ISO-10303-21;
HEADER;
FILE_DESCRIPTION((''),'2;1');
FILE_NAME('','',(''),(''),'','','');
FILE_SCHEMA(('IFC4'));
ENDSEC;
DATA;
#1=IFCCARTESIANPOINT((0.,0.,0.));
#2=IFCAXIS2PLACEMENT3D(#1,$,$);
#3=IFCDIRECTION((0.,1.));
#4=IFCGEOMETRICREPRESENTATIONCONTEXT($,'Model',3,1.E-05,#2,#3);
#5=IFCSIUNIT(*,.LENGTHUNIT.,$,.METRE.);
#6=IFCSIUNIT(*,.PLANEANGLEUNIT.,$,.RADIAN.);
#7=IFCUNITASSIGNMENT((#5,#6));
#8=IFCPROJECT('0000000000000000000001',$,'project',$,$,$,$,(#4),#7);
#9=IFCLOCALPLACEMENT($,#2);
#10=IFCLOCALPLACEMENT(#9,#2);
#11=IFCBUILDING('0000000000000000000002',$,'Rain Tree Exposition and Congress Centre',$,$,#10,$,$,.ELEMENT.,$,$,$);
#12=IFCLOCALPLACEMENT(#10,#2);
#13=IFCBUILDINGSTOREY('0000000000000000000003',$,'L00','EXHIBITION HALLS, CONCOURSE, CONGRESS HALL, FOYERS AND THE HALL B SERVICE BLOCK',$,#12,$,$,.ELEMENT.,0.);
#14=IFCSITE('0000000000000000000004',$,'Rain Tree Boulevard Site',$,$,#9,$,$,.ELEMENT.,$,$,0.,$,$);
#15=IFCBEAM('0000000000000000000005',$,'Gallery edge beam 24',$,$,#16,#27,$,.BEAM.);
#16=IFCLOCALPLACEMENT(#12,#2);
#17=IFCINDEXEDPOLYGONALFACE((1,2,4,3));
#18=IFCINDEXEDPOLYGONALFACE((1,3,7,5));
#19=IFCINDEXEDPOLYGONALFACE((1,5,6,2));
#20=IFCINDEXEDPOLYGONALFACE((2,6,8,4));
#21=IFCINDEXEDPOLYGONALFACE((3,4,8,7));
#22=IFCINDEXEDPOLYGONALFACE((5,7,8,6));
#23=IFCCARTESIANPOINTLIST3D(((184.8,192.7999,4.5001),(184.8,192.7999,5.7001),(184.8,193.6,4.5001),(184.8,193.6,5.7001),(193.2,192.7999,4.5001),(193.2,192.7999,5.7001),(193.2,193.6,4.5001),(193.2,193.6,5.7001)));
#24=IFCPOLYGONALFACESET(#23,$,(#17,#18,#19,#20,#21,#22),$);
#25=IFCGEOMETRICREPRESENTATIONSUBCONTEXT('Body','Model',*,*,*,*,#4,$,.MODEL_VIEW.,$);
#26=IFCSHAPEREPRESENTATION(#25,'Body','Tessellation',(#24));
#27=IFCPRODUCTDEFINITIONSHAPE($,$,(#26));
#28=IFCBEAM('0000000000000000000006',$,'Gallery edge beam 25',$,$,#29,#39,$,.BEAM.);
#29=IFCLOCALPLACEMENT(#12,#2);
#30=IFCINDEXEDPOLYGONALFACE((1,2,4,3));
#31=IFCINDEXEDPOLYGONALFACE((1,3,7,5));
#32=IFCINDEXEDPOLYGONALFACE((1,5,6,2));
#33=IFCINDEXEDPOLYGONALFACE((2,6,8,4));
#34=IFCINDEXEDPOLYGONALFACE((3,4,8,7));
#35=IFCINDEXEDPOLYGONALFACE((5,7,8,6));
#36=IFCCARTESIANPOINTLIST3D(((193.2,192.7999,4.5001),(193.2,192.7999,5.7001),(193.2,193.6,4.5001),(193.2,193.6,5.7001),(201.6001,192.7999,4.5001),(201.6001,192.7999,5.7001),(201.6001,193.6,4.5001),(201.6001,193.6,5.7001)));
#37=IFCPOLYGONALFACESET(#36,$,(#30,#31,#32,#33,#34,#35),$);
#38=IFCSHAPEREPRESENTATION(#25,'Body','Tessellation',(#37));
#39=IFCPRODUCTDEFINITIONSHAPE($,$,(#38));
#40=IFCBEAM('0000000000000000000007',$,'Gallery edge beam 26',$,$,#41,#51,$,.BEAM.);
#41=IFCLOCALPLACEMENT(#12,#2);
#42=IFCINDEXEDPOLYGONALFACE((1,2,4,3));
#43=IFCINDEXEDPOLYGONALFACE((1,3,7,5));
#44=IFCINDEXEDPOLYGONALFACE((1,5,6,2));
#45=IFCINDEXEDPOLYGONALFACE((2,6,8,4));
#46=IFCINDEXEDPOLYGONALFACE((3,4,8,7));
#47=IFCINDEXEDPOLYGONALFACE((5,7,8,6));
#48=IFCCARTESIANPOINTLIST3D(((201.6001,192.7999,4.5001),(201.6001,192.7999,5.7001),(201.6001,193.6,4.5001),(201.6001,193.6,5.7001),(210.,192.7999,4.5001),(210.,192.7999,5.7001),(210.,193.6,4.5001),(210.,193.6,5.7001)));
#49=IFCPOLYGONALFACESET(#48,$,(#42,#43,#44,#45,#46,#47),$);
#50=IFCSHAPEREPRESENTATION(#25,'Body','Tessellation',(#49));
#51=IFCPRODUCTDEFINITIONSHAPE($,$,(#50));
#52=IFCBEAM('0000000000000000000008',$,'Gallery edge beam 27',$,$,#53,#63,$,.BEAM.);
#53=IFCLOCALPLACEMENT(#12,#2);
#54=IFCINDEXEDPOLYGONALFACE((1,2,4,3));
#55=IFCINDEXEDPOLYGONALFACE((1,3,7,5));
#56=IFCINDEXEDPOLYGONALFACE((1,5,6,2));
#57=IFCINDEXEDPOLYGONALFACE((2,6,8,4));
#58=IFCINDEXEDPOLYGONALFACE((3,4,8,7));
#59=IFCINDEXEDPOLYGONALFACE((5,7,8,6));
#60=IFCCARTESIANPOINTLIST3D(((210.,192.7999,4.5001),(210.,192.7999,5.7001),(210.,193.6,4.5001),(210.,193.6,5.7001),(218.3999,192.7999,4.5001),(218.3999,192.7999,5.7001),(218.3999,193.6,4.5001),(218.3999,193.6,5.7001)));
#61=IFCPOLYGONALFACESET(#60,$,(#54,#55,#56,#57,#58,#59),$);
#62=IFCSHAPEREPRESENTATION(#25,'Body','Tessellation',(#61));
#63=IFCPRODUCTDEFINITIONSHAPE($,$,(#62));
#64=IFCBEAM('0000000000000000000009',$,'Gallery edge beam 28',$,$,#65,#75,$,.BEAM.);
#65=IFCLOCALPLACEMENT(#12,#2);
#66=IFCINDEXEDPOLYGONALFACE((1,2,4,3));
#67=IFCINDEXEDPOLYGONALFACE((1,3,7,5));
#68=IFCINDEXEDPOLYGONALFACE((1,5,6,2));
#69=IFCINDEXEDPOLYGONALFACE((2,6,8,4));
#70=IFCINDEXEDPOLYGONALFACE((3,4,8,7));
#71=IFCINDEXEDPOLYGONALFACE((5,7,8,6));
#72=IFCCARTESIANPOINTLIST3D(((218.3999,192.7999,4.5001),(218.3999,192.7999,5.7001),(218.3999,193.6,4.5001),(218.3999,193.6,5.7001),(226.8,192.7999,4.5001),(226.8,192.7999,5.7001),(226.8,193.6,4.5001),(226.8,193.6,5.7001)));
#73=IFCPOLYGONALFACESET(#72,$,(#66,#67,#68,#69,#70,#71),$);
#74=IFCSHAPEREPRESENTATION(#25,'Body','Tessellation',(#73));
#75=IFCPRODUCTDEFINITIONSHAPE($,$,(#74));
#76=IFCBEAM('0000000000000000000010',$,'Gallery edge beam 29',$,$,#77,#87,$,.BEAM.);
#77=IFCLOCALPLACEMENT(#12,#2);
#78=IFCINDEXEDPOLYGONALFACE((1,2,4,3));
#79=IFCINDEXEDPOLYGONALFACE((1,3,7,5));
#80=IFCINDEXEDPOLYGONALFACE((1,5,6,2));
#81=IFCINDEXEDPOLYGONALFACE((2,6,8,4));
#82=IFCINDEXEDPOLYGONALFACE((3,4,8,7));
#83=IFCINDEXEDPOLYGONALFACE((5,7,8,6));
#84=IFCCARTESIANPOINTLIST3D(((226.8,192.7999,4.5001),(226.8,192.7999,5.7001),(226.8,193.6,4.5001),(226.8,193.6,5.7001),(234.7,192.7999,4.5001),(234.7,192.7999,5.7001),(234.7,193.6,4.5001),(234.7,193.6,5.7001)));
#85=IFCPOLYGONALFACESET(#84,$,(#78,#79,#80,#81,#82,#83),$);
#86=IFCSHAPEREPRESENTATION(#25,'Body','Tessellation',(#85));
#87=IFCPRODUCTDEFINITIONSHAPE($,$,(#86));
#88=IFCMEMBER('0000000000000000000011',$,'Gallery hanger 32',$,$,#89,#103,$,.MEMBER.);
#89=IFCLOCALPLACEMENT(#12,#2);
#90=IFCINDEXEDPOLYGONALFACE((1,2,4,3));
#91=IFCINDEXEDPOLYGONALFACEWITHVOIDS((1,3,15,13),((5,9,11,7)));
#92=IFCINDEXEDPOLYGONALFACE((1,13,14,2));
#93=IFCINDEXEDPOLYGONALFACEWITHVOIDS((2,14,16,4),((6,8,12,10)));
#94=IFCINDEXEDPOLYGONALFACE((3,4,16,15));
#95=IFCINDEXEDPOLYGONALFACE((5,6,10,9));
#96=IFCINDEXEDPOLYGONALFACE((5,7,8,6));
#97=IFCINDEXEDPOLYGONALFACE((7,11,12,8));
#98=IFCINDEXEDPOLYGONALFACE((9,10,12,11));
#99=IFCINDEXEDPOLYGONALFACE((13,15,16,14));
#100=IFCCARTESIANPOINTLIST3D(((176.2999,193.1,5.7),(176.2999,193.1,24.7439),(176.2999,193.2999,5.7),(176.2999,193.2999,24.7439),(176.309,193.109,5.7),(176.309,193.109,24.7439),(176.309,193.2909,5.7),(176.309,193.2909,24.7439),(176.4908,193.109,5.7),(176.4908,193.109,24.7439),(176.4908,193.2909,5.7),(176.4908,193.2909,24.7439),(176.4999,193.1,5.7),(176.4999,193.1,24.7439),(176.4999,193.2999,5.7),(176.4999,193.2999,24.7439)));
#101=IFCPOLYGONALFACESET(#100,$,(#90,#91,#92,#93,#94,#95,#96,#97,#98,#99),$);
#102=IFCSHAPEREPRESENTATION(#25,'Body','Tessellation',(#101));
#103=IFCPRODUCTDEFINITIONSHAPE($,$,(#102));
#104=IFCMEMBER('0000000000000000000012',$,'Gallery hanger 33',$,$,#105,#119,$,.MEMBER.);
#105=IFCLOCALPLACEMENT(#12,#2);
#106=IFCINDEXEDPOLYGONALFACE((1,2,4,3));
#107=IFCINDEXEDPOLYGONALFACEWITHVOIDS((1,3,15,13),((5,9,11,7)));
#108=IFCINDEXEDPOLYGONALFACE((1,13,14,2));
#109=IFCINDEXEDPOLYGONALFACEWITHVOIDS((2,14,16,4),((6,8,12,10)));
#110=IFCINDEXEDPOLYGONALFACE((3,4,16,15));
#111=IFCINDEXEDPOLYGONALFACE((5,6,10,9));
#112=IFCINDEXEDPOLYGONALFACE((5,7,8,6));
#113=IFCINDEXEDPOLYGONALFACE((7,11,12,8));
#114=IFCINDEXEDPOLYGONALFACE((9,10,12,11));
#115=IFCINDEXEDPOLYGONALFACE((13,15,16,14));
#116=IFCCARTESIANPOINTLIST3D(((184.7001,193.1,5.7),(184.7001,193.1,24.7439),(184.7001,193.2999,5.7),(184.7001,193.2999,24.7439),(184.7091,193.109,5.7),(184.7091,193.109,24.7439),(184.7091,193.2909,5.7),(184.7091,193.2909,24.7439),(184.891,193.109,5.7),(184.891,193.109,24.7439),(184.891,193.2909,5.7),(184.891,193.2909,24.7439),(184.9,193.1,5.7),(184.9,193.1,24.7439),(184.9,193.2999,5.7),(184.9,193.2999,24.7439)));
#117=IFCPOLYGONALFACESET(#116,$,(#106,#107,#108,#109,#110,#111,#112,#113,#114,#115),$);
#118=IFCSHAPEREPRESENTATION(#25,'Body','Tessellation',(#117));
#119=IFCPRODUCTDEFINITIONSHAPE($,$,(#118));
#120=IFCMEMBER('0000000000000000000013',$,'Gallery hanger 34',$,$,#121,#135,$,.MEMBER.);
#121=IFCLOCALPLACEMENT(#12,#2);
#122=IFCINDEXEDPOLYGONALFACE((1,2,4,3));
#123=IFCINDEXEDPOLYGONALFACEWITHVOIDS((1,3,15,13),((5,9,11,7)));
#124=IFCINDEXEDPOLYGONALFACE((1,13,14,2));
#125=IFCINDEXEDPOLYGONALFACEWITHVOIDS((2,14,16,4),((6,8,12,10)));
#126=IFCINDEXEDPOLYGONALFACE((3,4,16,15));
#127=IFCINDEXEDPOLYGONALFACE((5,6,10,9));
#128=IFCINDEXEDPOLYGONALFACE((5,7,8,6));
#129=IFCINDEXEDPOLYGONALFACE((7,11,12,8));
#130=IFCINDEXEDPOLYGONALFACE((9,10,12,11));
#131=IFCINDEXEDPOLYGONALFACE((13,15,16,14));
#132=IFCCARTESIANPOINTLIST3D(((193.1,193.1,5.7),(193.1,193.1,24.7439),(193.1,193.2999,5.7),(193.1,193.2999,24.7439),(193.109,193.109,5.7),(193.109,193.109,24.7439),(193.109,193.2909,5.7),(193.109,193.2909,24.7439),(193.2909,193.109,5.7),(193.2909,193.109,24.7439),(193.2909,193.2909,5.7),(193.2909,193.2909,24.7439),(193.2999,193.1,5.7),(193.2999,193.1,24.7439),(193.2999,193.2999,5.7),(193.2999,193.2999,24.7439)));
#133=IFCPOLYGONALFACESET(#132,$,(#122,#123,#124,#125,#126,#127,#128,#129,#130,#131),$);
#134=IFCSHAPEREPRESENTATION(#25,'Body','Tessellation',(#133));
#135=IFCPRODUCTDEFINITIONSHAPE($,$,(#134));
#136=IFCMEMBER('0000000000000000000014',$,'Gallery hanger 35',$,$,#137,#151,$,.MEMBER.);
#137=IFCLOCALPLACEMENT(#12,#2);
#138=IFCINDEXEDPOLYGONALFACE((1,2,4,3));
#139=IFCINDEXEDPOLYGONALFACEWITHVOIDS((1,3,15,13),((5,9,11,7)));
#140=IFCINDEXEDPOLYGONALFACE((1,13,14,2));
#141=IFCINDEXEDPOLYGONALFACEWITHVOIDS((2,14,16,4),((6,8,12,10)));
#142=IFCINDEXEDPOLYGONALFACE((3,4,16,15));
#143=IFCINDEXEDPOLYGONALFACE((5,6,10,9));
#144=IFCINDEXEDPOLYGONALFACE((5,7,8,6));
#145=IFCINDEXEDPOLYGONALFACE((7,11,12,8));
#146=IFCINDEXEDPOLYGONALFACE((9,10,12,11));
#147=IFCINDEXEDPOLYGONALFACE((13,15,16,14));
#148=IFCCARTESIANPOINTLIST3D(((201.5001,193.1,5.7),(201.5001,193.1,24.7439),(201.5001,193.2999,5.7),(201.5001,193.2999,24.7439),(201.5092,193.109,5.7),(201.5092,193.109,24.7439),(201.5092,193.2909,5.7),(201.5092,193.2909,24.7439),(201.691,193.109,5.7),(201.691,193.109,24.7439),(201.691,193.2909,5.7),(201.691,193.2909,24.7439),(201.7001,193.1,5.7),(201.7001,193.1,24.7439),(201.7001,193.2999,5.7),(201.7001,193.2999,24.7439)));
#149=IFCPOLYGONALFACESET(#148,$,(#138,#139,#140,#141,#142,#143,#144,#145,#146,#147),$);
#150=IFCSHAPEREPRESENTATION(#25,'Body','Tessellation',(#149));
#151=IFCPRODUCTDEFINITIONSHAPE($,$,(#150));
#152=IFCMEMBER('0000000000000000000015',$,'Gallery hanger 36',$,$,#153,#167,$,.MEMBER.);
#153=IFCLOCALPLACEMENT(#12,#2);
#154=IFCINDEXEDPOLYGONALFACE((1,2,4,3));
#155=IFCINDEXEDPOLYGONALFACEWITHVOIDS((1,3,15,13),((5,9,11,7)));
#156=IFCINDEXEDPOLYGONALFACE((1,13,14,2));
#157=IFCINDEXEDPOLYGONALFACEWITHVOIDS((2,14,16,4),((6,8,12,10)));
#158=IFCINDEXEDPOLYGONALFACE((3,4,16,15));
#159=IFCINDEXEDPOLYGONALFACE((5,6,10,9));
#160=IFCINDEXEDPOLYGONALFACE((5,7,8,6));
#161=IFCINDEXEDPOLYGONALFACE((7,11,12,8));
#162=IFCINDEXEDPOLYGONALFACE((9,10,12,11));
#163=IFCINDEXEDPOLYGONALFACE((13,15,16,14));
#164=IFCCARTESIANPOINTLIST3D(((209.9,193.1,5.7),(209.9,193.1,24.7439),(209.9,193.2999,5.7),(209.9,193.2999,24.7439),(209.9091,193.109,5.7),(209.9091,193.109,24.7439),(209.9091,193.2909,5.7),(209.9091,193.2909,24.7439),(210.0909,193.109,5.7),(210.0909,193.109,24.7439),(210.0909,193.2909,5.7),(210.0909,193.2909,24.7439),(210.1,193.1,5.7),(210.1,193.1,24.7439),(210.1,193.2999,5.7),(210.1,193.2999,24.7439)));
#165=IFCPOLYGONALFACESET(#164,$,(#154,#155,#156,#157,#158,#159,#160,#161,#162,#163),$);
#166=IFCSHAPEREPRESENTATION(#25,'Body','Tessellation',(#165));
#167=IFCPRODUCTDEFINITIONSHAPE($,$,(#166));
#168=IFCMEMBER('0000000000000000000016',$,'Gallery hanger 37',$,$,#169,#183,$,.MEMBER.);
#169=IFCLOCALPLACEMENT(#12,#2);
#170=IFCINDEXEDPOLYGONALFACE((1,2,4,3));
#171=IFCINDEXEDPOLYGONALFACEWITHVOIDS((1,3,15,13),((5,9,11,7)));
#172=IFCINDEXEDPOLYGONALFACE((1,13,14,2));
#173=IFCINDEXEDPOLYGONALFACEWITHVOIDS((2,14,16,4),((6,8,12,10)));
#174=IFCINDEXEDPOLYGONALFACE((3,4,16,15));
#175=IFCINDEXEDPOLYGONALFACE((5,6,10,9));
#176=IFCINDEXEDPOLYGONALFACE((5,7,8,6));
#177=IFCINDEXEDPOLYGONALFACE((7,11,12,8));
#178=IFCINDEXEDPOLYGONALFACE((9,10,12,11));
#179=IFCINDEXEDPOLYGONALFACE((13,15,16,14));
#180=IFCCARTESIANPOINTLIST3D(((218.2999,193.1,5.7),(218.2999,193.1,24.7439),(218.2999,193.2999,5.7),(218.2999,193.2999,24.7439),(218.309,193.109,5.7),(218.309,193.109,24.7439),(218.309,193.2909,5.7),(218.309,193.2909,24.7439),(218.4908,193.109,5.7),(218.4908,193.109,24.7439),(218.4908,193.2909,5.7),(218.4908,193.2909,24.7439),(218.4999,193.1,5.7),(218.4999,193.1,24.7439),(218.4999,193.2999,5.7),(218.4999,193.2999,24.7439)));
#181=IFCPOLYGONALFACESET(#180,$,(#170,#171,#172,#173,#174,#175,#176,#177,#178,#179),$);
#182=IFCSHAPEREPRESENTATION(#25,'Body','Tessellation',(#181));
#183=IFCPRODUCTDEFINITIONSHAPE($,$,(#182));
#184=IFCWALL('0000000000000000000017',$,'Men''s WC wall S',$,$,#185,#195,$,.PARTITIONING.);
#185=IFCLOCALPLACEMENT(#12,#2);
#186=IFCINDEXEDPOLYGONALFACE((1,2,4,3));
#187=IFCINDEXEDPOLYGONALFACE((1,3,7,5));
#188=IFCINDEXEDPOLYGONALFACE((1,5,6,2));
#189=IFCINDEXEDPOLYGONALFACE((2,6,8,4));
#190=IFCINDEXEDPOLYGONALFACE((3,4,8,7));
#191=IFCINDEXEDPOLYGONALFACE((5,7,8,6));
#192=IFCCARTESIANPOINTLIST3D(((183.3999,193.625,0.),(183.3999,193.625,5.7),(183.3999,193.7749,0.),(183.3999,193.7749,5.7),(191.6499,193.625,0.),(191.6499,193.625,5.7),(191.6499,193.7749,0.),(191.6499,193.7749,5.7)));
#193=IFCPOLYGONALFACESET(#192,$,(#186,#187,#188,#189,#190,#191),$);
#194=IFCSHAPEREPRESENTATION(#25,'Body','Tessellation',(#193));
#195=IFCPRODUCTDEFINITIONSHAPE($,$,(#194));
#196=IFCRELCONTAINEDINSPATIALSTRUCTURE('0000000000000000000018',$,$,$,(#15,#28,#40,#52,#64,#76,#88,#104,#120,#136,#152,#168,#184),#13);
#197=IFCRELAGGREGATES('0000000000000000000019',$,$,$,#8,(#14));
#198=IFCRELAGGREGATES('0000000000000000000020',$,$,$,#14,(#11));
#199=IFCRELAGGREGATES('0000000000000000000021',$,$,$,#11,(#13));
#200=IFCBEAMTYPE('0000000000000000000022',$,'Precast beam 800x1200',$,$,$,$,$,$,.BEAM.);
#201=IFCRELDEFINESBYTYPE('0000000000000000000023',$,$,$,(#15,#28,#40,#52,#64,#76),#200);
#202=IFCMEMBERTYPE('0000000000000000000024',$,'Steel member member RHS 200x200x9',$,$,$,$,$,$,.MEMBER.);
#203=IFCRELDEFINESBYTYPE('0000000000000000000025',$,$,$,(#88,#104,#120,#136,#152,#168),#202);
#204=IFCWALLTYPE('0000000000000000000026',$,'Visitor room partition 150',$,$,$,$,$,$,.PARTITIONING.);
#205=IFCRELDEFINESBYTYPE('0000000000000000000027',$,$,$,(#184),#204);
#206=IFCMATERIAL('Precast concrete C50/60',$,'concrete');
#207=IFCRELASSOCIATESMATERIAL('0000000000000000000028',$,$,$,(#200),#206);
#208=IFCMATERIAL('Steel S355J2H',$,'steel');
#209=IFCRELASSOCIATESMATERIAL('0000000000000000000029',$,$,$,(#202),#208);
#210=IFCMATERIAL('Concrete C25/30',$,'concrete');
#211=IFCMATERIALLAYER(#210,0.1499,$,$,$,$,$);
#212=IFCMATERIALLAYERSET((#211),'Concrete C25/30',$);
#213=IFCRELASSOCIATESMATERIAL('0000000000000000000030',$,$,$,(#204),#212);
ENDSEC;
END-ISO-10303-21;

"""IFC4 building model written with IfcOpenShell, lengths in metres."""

from ifc_helpers import new_model, si_unit, direction, frame, frame_2d, origin, origin_2d, place, context, subcontext, project, spatial, rectangle, hollow_rectangle, extrude, material, layer, layer_set, material_profile, profile_set, type_object, element, save


model = new_model("IFC4")

# Units and contexts
model_context = context("Model", 3, precision=1e-05, world=origin(), true_north=direction((0.0, 1.0)))
body_context = subcontext(model_context, "Body", "Model", "MODEL_VIEW")
ifc_project = project(units=[si_unit("LENGTHUNIT", "METRE"), si_unit("PLANEANGLEUNIT", "RADIAN")], contexts=[model_context])

# Site, building, storey
site_placement = place(None, origin())
site = spatial("IfcSite", under=ifc_project, at=site_placement, Name="Rain Tree Boulevard Site", CompositionType="ELEMENT", RefElevation=0.0)
building_placement = place(site_placement, origin())
building = spatial("IfcBuilding", under=site, at=building_placement, Name="Rain Tree Exposition and Congress Centre", CompositionType="ELEMENT")
storey_placement = place(building_placement, origin())
storey = spatial("IfcBuildingStorey", under=building, at=storey_placement, Name="L00", Description="EXHIBITION HALLS, CONCOURSE, CONGRESS HALL, FOYERS AND THE HALL B SERVICE BLOCK", CompositionType="ELEMENT", Elevation=0.0)

# Beams
ifc_material_1 = material(Name="Precast concrete C50/60", Category="concrete")
ifc_material_profile_1 = material_profile(ifc_material_1, rectangle(XDim=0.8, YDim=1.2, at=origin_2d()), Name="RC 800x1200")
ifc_profile_set_1 = profile_set([ifc_material_profile_1], Name="Precast concrete C50/60")
beam_type = type_object("IfcBeamType", Name="Precast beam 800x1200", PredefinedType="BEAM", material=ifc_profile_set_1)
beam_1_placement = place(storey_placement, frame((184.8, 193.2, 5.1001), z_axis=(1.0, 0.0, 0.0), x_axis=(0.0, 1.0, 0.0)))
element("IfcBeam", 1, at=beam_1_placement, inside=storey, type_object=beam_type, Name="Gallery edge beam 24", PredefinedType="BEAM", context=body_context, shape_type="SweptSolid", body=[
    extrude(rectangle(XDim=0.8, YDim=1.2, at=origin_2d()), origin(), (0.0, 0.0, 1.0), 8.3999),
])
beam_2_placement = place(storey_placement, frame((193.2, 193.2, 5.1001), z_axis=(1.0, 0.0, 0.0), x_axis=(0.0, 1.0, 0.0)))
element("IfcBeam", 2, at=beam_2_placement, inside=storey, type_object=beam_type, Name="Gallery edge beam 25", PredefinedType="BEAM", context=body_context, shape_type="SweptSolid", body=[
    extrude(rectangle(XDim=0.8, YDim=1.2, at=origin_2d()), origin(), (0.0, 0.0, 1.0), 8.4001),
])
for number, where, z_axis, x_axis, name in (
    (3, (201.6001, 193.2, 5.1001), (1.0, 0.0, 0.0), (0.0, 1.0, 0.0), "Gallery edge beam 26"),
    (4, (210.0, 193.2, 5.1001), (1.0, 0.0, 0.0), (0.0, 1.0, 0.0), "Gallery edge beam 27"),
):
    element("IfcBeam", number, at=place(storey_placement, frame(where, z_axis=z_axis, x_axis=x_axis)), inside=storey, type_object=beam_type, Name=name, PredefinedType="BEAM", context=body_context, shape_type="SweptSolid", body=[
        extrude(rectangle(XDim=0.8, YDim=1.2, at=origin_2d()), origin(), (0.0, 0.0, 1.0), 8.3999),
    ])
beam_3_placement = place(storey_placement, frame((218.3999, 193.2, 5.1001), z_axis=(1.0, 0.0, 0.0), x_axis=(0.0, 1.0, 0.0)))
element("IfcBeam", 5, at=beam_3_placement, inside=storey, type_object=beam_type, Name="Gallery edge beam 28", PredefinedType="BEAM", context=body_context, shape_type="SweptSolid", body=[
    extrude(rectangle(XDim=0.8, YDim=1.2, at=origin_2d()), origin(), (0.0, 0.0, 1.0), 8.4001),
])
beam_4_placement = place(storey_placement, frame((226.8, 193.2, 5.1001), z_axis=(1.0, 0.0, 0.0), x_axis=(0.0, 1.0, 0.0)))
element("IfcBeam", 6, at=beam_4_placement, inside=storey, type_object=beam_type, Name="Gallery edge beam 29", PredefinedType="BEAM", context=body_context, shape_type="SweptSolid", body=[
    extrude(rectangle(XDim=0.8, YDim=1.2, at=origin_2d()), origin(), (0.0, 0.0, 1.0), 7.8999),
])

# Members
ifc_material_2 = material(Name="Steel S355J2H", Category="steel")
ifc_material_profile_2 = material_profile(ifc_material_2, hollow_rectangle(XDim=0.2, YDim=0.2, WallThickness=0.009, at=origin_2d()), Name="RHS 200x200x9")
ifc_profile_set_2 = profile_set([ifc_material_profile_2], Name="Steel S355J2H")
member_type = type_object("IfcMemberType", Name="Steel member member RHS 200x200x9", PredefinedType="MEMBER", material=ifc_profile_set_2)
for number, where, z_axis, x_axis, name in (
    (7, (176.3999, 193.2, 5.7), (0.0, 0.0, 1.0), (1.0, 0.0, 0.0), "Gallery hanger 32"),
    (8, (184.8, 193.2, 5.7), (0.0, 0.0, 1.0), (1.0, 0.0, 0.0), "Gallery hanger 33"),
    (9, (193.2, 193.2, 5.7), (0.0, 0.0, 1.0), (1.0, 0.0, 0.0), "Gallery hanger 34"),
    (10, (201.6001, 193.2, 5.7), (0.0, 0.0, 1.0), (1.0, 0.0, 0.0), "Gallery hanger 35"),
    (11, (210.0, 193.2, 5.7), (0.0, 0.0, 1.0), (1.0, 0.0, 0.0), "Gallery hanger 36"),
    (12, (218.3999, 193.2, 5.7), (0.0, 0.0, 1.0), (1.0, 0.0, 0.0), "Gallery hanger 37"),
):
    element("IfcMember", number, at=place(storey_placement, frame(where, z_axis=z_axis, x_axis=x_axis)), inside=storey, type_object=member_type, Name=name, PredefinedType="MEMBER", context=body_context, shape_type="SweptSolid", body=[
        extrude(hollow_rectangle(XDim=0.2, YDim=0.2, WallThickness=0.009, at=origin_2d()), origin(), (0.0, 0.0, 1.0), 19.0439),
    ])

# Wall
ifc_material_3 = material(Name="Concrete C25/30", Category="concrete")
ifc_layer_1 = layer(ifc_material_3, 0.1499)
ifc_layer_set_1 = layer_set([ifc_layer_1], Name="Concrete C25/30")
wall_type_1 = type_object("IfcWallType", Name="Visitor room partition 150", PredefinedType="PARTITIONING", material=ifc_layer_set_1)
wall_1_placement = place(storey_placement, frame((183.3999, 193.7, 0.0), z_axis=(0.0, 0.0, 1.0), x_axis=(1.0, 0.0, 0.0)))
element("IfcWall", 13, at=wall_1_placement, inside=storey, type_object=wall_type_1, Name="Men's WC wall S", PredefinedType="PARTITIONING", context=body_context, shape_type="SweptSolid", body=[
    extrude(rectangle(XDim=8.25, YDim=0.1499, at=frame_2d((4.125, 0.0))), origin(), (0.0, 0.0, 1.0), 5.7),
])

save(model, "model.ifc")
